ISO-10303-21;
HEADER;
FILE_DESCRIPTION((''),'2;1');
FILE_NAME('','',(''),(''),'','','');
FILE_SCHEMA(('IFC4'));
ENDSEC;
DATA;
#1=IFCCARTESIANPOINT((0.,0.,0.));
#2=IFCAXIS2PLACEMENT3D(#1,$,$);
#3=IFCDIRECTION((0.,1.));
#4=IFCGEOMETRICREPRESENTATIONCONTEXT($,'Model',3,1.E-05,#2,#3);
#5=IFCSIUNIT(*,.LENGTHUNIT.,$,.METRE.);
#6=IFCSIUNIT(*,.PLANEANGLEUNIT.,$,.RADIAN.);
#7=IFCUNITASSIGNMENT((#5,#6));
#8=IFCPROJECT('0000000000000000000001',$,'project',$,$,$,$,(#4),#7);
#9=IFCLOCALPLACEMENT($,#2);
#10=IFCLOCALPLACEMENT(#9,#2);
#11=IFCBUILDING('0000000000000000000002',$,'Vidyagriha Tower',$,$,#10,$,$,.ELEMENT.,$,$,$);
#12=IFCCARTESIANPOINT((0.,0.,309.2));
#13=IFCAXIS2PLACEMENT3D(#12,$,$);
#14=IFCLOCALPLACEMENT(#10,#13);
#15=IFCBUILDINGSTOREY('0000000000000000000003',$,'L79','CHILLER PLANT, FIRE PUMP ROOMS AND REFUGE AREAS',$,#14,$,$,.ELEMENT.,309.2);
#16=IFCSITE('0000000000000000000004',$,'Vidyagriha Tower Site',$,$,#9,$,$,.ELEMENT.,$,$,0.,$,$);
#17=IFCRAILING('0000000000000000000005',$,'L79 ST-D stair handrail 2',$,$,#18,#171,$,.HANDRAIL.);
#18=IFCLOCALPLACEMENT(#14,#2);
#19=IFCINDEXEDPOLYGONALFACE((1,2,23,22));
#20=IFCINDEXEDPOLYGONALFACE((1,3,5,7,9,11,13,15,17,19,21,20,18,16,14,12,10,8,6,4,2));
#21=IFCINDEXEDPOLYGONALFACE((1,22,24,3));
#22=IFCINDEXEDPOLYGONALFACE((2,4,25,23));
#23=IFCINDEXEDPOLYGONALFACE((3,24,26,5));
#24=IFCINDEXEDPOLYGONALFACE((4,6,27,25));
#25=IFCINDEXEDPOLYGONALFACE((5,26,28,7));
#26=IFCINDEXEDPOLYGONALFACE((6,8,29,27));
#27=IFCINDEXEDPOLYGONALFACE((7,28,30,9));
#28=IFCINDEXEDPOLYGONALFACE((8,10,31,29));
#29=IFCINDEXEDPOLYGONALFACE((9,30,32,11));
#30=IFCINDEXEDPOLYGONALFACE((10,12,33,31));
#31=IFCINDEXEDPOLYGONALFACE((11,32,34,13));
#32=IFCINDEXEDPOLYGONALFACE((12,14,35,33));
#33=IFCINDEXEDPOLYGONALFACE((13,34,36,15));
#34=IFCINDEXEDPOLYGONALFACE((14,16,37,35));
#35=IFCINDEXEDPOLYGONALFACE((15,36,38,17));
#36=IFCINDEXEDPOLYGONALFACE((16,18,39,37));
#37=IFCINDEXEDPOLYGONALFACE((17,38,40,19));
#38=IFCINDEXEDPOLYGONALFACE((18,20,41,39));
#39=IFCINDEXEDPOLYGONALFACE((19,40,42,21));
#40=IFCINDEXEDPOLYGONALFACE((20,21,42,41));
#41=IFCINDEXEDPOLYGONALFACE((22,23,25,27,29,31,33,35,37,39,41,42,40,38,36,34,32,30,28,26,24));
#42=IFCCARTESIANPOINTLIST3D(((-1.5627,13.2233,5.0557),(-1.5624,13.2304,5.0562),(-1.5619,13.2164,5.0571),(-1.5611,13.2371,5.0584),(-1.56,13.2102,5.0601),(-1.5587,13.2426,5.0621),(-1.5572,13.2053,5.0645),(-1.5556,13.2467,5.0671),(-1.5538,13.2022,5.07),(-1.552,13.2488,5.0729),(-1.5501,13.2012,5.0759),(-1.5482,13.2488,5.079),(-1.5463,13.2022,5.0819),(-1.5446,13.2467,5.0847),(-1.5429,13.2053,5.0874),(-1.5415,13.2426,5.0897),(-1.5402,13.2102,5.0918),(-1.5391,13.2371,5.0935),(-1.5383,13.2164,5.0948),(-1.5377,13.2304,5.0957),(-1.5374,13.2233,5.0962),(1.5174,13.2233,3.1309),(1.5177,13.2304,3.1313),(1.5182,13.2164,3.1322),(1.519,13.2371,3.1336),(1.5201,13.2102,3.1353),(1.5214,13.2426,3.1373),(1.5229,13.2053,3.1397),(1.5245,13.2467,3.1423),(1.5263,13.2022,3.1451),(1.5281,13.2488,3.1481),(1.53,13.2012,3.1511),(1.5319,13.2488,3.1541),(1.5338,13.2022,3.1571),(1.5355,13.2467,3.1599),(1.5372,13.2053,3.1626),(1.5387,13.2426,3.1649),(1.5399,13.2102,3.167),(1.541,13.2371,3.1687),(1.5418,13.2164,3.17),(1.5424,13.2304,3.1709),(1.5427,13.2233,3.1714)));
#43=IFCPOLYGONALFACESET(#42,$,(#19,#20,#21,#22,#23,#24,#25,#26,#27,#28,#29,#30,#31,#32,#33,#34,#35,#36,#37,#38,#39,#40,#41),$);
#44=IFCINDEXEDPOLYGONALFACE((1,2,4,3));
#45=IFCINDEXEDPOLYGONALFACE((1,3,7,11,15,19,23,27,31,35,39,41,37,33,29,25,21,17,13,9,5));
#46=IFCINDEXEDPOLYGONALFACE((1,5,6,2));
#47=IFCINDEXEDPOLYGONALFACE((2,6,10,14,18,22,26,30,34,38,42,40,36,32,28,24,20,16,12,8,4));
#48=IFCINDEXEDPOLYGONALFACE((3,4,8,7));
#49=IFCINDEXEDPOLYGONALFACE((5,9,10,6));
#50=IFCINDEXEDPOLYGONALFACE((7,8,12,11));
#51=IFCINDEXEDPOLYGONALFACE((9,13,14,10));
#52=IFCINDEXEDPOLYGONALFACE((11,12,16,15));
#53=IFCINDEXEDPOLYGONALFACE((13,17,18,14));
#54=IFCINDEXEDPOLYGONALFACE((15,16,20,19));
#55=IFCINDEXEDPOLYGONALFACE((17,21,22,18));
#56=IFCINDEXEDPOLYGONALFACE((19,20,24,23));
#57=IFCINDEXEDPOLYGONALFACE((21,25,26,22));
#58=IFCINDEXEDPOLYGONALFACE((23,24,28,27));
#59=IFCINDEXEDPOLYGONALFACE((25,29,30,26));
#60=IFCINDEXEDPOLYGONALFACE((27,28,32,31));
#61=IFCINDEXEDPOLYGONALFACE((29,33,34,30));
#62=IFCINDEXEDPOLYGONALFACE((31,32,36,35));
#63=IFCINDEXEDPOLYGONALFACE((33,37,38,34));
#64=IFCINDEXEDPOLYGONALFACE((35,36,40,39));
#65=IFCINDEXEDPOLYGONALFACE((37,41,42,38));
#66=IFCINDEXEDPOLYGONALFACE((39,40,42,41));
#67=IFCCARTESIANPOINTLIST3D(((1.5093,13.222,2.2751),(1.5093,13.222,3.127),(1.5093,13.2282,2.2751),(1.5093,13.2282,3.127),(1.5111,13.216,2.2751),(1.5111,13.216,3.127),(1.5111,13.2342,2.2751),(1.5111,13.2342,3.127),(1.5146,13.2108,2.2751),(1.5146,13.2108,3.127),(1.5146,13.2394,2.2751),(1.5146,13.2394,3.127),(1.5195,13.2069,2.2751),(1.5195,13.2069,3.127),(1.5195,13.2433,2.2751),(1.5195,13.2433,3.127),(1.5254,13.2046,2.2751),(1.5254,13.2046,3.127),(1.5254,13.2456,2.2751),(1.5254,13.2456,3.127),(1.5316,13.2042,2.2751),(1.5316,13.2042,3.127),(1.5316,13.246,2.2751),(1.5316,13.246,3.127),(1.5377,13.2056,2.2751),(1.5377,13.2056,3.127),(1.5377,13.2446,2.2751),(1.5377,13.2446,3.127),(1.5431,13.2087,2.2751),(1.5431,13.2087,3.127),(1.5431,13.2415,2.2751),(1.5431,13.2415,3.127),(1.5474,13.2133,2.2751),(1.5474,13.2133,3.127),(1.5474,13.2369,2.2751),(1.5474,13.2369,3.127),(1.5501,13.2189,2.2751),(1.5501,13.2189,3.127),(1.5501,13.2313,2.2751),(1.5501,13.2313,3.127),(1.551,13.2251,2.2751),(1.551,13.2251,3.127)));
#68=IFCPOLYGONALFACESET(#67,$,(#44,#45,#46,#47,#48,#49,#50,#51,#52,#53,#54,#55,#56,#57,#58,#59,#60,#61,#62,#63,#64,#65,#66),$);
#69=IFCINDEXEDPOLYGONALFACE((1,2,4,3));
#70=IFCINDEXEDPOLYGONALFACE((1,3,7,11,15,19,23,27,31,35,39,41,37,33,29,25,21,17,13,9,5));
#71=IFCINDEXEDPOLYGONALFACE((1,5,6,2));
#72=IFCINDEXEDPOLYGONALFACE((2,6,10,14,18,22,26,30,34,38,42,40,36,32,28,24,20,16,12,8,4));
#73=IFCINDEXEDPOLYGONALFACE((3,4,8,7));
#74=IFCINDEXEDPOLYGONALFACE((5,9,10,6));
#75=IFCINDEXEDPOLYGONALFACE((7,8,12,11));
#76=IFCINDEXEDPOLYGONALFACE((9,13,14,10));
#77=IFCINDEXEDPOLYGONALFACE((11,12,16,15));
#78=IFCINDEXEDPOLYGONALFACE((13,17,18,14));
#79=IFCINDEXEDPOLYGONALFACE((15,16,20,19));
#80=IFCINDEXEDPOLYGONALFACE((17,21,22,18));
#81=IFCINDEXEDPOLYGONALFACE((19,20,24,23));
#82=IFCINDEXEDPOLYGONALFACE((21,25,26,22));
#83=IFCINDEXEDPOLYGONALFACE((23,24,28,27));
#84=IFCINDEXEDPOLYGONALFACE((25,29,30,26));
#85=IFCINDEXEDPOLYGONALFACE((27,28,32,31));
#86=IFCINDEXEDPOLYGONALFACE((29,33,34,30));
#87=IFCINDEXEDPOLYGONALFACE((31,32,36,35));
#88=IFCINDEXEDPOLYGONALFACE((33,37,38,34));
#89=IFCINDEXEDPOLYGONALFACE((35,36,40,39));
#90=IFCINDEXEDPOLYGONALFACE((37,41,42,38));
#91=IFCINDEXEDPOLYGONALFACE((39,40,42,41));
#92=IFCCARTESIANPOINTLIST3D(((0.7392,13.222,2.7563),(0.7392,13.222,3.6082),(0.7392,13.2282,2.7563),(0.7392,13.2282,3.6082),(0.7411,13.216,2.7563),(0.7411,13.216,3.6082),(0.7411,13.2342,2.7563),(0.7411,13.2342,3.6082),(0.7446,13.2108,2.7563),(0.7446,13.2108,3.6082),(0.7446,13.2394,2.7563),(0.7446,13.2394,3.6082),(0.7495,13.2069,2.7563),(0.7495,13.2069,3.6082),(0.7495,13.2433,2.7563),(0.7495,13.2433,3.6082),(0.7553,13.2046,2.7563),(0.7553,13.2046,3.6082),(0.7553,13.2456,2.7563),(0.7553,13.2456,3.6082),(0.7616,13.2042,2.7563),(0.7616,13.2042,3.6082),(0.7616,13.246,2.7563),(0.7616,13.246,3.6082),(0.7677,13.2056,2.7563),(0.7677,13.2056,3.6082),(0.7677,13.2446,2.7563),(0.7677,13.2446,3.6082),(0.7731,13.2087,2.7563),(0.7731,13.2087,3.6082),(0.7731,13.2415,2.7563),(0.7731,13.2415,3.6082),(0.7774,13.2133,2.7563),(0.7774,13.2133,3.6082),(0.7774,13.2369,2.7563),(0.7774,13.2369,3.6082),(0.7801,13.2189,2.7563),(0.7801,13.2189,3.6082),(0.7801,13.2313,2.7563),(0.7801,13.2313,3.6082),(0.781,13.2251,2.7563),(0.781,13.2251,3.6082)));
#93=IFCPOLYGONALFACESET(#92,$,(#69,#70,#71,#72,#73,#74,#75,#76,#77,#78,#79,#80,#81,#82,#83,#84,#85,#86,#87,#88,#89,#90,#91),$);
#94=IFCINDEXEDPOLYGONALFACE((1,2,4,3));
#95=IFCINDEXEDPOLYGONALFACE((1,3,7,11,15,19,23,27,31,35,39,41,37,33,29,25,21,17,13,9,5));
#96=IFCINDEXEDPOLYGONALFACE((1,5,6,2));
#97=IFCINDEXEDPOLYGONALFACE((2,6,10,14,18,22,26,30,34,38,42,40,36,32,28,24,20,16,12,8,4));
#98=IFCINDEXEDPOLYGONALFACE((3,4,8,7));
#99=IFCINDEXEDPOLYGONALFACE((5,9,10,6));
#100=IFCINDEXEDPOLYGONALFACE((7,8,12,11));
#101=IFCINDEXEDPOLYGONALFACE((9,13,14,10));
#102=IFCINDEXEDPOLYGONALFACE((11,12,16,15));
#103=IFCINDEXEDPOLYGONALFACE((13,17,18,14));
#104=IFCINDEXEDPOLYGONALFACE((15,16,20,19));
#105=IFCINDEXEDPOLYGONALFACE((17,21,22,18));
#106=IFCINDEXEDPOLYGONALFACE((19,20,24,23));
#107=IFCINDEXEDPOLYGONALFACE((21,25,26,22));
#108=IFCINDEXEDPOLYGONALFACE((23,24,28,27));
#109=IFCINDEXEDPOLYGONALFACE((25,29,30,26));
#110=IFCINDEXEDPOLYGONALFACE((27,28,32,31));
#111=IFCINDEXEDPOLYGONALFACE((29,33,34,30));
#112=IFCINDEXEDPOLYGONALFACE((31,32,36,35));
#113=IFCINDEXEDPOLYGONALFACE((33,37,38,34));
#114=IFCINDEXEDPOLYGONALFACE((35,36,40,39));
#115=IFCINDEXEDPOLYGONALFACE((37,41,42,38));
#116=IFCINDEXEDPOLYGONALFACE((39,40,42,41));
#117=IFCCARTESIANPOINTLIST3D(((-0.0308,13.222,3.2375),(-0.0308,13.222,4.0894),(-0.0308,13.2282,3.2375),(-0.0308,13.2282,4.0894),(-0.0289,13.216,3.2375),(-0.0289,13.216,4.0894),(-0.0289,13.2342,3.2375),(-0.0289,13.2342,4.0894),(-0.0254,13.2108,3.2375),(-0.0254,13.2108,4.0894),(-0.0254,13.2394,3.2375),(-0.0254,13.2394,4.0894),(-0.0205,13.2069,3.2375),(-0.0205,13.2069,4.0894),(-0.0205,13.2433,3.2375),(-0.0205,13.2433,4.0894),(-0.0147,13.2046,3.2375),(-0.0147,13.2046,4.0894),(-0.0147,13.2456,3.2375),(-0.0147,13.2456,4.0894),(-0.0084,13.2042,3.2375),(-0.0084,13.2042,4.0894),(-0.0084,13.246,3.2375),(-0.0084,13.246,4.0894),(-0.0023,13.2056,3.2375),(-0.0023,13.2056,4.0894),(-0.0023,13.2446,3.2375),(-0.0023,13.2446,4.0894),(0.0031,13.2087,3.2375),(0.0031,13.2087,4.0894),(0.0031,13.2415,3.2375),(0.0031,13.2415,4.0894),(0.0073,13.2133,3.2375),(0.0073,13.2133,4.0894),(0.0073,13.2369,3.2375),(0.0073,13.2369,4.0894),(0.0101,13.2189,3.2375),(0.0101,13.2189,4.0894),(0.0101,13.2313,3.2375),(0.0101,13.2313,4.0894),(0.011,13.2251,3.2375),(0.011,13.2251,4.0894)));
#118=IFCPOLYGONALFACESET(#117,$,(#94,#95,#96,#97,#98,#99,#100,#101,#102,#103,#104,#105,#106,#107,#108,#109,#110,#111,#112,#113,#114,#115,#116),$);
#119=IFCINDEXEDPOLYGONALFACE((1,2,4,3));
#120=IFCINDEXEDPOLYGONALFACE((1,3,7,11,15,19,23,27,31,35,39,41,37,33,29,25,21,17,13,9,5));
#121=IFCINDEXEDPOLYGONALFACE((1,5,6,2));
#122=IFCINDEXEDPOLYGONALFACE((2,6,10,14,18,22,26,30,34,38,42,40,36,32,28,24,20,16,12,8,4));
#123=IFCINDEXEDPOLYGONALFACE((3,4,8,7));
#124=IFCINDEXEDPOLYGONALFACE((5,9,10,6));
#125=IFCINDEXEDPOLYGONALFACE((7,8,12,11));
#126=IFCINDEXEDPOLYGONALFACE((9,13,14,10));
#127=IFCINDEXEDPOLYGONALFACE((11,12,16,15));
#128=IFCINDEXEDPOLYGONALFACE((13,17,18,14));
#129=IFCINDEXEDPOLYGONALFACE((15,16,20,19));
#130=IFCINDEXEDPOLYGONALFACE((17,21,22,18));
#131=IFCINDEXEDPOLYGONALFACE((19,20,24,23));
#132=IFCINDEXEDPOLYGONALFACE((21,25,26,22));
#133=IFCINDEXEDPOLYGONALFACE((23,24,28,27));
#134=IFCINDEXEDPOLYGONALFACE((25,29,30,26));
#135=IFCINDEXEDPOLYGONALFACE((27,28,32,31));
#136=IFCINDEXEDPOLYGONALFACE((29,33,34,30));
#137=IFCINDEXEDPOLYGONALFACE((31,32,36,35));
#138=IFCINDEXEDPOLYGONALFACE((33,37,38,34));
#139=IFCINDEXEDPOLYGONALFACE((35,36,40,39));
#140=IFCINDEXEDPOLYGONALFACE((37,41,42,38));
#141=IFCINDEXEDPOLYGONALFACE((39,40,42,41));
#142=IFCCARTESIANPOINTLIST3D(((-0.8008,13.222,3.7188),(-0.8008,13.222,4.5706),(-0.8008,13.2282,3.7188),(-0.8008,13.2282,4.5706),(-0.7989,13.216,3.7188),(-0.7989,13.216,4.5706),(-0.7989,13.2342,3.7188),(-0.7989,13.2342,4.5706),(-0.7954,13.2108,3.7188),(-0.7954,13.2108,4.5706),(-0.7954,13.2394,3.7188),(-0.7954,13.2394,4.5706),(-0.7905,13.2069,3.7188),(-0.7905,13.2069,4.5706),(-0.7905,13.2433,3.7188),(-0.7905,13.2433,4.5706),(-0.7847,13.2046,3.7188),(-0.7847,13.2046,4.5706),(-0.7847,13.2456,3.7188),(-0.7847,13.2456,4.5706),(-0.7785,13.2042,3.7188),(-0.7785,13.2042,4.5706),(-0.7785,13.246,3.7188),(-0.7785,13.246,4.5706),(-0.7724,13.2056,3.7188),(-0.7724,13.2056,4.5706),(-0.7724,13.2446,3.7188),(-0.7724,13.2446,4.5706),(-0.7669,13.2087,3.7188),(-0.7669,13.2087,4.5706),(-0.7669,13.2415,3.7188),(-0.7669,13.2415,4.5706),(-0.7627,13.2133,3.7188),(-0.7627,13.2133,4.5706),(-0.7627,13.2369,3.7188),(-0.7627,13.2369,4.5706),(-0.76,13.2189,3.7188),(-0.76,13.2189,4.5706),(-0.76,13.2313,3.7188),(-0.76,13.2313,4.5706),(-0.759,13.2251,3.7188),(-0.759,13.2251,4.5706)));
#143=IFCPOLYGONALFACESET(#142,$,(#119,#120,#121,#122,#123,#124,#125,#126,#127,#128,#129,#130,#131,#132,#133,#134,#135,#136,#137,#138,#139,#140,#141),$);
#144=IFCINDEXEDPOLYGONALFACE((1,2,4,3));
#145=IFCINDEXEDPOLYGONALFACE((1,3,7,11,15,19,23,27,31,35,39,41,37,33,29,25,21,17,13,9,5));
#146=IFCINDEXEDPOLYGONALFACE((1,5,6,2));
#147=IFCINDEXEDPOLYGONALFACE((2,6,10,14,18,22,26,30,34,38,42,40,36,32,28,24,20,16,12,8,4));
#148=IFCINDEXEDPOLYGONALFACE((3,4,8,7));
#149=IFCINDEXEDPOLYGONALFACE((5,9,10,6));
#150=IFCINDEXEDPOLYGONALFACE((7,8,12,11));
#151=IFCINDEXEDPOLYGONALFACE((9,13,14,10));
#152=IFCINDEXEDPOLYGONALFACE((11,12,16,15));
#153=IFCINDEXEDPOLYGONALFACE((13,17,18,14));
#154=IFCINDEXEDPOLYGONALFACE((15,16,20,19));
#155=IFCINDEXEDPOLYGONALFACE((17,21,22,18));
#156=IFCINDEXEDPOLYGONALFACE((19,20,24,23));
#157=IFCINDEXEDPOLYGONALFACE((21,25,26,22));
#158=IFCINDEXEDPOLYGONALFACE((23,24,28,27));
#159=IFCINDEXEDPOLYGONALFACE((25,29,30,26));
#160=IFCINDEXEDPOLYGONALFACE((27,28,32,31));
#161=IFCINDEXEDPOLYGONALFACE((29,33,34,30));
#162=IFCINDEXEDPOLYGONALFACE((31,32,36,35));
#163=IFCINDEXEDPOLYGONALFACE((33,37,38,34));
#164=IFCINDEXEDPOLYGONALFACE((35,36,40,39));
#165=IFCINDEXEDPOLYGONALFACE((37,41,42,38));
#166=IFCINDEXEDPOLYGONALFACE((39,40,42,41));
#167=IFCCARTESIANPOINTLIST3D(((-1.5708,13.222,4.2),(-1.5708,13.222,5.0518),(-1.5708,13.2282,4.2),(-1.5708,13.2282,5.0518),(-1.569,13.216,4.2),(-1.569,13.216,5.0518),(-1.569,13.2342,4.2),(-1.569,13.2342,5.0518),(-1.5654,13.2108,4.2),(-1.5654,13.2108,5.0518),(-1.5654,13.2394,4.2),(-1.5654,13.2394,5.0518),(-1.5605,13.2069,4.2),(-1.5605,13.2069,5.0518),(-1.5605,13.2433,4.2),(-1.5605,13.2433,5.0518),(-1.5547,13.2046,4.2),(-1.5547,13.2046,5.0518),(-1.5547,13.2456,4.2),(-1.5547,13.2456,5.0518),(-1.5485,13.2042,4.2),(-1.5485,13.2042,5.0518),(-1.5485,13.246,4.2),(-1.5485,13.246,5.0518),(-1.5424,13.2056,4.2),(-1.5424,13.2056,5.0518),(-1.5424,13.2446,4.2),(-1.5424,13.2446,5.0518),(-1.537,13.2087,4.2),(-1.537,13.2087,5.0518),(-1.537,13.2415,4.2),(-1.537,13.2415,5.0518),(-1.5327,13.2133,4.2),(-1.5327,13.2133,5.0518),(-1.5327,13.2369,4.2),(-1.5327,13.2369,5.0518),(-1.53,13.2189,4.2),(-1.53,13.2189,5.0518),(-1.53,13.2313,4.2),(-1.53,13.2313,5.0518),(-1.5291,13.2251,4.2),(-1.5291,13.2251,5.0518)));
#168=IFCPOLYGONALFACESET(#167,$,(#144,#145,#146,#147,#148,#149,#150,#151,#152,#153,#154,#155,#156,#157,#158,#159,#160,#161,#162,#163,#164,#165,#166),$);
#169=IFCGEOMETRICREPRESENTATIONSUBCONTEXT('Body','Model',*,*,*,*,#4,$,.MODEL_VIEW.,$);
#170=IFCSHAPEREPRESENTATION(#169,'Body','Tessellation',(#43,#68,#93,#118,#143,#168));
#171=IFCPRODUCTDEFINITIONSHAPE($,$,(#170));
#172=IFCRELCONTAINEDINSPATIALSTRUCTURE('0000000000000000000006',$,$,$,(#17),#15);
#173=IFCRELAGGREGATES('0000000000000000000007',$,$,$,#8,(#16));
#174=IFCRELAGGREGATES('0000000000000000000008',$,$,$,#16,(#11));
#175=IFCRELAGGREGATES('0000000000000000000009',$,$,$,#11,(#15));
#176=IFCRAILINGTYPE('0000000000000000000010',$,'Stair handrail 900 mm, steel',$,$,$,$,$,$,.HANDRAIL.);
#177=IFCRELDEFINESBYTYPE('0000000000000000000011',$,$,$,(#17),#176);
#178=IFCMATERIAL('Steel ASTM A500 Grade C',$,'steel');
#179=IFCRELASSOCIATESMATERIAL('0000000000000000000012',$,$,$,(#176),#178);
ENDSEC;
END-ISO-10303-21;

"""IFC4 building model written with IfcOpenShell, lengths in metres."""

from ifc_helpers import new_model, si_unit, direction, frame, origin, origin_2d, place, context, subcontext, project, spatial, circle, extrude, material, type_object, element, save


model = new_model("IFC4")

# Units and contexts
model_context = context("Model", 3, precision=1e-05, world=origin(), true_north=direction((0.0, 1.0)))
body_context = subcontext(model_context, "Body", "Model", "MODEL_VIEW")
ifc_project = project(units=[si_unit("LENGTHUNIT", "METRE"), si_unit("PLANEANGLEUNIT", "RADIAN")], contexts=[model_context])

# Site, building, storey
site_placement = place(None, origin())
site = spatial("IfcSite", under=ifc_project, at=site_placement, Name="Vidyagriha Tower Site", CompositionType="ELEMENT", RefElevation=0.0)
building_placement = place(site_placement, origin())
building = spatial("IfcBuilding", under=site, at=building_placement, Name="Vidyagriha Tower", CompositionType="ELEMENT")
storey_placement = place(building_placement, frame((0.0, 0.0, 309.2)))
storey = spatial("IfcBuildingStorey", under=building, at=storey_placement, Name="L79", Description="CHILLER PLANT, FIRE PUMP ROOMS AND REFUGE AREAS", CompositionType="ELEMENT", Elevation=309.2)

# Railing
ifc_material_1 = material(Name="Steel ASTM A500 Grade C", Category="steel")
railing_type_1 = type_object("IfcRailingType", Name="Stair handrail 900 mm, steel", PredefinedType="HANDRAIL", material=ifc_material_1)
railing_1_placement = place(storey_placement, frame((1.53, 13.2251, 2.2751)))
element("IfcRailing", 1, at=railing_1_placement, inside=storey, type_object=railing_type_1, Name="L79 ST-D stair handrail 2", PredefinedType="HANDRAIL", context=body_context, shape_type="SweptSolid", body=[
    extrude(circle(Radius=0.0239, at=origin_2d()), frame((0.0, 0.0, 0.876), z_axis=(-0.848029, 0.0, 0.529951), x_axis=(0.0, -1.0, 0.0)), (0.0, 0.0, 1.0), 3.6321),
    extrude(circle(Radius=0.021, at=origin_2d()), origin(), (0.0, 0.0, 1.0), 0.8518),
    extrude(circle(Radius=0.021, at=origin_2d()), frame((-0.77, 0.0, 0.4812)), (0.0, 0.0, 1.0), 0.8518),
    extrude(circle(Radius=0.021, at=origin_2d()), frame((-1.54, 0.0, 0.9624)), (0.0, 0.0, 1.0), 0.8518),
    extrude(circle(Radius=0.021, at=origin_2d()), frame((-2.3101, 0.0, 1.4436)), (0.0, 0.0, 1.0), 0.8518),
    extrude(circle(Radius=0.021, at=origin_2d()), frame((-3.0801, 0.0, 1.9248)), (0.0, 0.0, 1.0), 0.8518),
])

save(model, "model.ifc")
